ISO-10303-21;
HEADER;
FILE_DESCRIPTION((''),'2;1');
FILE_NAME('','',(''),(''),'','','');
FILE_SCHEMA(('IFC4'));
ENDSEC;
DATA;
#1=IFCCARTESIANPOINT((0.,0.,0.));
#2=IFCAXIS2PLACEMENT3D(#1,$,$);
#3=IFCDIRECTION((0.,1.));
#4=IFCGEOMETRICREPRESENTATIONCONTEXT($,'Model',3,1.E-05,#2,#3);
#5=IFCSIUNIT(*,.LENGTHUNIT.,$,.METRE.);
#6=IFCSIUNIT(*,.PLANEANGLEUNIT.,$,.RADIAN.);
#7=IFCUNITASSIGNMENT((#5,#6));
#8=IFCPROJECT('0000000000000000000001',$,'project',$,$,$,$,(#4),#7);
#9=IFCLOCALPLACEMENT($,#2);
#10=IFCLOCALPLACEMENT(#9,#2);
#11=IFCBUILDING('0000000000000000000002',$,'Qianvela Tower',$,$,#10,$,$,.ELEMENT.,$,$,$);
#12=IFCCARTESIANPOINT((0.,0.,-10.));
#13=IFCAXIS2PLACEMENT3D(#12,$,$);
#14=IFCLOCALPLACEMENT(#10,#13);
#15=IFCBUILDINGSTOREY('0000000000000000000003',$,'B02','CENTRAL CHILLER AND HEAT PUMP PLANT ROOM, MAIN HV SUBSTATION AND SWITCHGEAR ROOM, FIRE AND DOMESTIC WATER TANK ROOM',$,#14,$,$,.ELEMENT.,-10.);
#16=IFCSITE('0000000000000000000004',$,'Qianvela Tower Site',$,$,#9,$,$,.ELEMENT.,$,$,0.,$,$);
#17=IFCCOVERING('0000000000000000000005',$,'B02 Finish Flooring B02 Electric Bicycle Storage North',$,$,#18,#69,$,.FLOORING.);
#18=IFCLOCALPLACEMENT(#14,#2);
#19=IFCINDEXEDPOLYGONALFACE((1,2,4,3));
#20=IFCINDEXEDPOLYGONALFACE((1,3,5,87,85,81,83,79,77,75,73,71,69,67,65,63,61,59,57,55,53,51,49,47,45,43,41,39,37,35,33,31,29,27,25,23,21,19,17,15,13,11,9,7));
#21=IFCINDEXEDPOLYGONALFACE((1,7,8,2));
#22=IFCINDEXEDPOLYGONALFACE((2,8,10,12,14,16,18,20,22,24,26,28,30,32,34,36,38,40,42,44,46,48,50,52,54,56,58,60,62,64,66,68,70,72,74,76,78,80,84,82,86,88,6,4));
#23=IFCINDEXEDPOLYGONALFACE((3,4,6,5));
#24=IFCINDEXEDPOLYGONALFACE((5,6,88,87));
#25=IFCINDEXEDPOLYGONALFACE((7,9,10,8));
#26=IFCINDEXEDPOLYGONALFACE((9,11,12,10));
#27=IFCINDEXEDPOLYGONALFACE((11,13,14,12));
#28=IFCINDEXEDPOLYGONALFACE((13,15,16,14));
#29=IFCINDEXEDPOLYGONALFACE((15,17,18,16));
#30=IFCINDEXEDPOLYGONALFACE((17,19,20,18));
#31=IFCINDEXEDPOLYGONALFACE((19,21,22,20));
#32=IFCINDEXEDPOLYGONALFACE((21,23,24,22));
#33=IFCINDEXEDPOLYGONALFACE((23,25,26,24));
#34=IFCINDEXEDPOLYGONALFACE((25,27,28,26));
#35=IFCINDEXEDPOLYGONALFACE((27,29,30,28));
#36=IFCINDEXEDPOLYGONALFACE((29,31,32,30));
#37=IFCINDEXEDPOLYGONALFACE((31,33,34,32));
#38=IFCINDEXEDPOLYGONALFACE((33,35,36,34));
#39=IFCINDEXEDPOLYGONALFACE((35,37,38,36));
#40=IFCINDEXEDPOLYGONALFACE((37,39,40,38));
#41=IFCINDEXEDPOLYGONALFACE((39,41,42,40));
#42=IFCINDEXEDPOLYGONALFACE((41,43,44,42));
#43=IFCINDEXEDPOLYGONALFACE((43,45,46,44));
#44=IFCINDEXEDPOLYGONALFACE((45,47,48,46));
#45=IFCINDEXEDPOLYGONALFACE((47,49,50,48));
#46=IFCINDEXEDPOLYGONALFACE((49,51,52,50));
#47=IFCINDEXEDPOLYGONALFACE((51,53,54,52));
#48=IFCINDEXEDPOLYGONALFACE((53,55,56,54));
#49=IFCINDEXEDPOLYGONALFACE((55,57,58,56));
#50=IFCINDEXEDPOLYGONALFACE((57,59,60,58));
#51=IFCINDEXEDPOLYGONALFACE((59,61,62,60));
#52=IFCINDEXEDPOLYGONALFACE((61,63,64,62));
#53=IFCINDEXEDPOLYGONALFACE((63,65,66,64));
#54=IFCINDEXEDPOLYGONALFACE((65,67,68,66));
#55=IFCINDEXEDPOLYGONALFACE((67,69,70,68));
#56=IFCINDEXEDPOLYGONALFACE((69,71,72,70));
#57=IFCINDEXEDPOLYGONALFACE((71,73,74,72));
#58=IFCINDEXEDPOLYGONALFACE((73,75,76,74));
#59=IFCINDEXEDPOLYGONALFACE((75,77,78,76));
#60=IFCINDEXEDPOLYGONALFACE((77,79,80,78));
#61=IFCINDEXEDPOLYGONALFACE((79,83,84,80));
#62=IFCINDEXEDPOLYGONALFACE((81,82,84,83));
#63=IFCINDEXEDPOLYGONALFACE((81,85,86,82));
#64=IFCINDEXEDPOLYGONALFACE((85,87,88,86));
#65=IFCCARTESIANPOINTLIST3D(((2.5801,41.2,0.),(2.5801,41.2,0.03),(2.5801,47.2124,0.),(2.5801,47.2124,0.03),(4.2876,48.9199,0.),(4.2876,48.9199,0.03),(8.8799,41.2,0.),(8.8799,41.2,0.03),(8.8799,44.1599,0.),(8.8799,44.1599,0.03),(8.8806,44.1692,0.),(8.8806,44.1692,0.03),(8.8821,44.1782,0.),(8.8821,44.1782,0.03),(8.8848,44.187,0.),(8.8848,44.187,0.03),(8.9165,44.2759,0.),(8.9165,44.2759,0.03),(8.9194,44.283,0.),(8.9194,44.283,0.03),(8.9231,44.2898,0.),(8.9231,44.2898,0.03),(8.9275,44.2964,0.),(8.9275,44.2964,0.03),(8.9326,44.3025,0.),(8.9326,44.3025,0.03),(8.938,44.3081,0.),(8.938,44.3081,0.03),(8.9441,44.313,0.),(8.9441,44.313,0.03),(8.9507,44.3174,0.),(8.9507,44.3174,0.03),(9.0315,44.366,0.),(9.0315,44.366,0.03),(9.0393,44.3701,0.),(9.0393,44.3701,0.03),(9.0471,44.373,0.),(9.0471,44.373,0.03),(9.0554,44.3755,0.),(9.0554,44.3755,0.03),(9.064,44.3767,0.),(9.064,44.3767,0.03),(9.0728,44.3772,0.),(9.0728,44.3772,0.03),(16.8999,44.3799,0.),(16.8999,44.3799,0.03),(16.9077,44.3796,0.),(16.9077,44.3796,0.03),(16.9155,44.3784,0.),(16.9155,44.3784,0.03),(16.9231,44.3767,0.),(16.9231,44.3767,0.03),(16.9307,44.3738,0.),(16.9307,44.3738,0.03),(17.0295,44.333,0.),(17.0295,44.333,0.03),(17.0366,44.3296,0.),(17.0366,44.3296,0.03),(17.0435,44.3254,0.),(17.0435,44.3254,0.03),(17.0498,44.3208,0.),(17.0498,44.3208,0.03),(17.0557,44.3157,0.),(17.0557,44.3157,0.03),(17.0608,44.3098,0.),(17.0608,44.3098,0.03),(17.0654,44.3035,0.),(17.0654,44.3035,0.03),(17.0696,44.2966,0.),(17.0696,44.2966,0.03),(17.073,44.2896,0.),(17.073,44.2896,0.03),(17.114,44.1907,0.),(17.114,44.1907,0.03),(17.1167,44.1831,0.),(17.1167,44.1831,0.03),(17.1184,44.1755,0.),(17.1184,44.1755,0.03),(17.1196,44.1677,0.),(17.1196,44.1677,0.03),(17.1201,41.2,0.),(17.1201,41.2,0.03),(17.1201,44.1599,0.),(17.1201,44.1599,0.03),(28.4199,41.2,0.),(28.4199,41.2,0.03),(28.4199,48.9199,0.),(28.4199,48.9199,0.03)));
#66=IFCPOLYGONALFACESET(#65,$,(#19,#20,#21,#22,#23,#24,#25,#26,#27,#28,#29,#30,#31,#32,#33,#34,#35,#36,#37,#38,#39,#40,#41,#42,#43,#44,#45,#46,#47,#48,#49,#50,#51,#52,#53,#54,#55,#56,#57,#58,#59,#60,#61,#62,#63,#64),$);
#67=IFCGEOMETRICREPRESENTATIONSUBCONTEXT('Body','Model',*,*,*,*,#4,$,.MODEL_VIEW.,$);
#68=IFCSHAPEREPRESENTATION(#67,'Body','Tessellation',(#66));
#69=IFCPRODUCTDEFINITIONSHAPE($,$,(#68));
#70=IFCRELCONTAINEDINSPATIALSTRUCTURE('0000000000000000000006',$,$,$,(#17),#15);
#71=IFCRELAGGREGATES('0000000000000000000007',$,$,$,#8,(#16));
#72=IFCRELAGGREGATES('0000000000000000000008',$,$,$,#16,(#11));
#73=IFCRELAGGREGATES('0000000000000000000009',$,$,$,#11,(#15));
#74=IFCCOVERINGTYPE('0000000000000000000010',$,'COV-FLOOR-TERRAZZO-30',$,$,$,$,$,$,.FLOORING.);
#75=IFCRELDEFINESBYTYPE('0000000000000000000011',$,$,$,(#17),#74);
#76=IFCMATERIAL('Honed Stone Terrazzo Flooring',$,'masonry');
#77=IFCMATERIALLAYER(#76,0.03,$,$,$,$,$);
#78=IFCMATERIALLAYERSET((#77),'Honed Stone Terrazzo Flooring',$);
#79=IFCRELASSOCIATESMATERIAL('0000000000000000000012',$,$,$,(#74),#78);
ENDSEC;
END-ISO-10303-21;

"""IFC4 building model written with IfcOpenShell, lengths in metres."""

from ifc_helpers import new_model, si_unit, direction, frame, origin, place, context, subcontext, project, spatial, polyline, outline, extrude, material, layer, layer_set, type_object, element, save


model = new_model("IFC4")

# Units and contexts
model_context = context("Model", 3, precision=1e-05, world=origin(), true_north=direction((0.0, 1.0)))
body_context = subcontext(model_context, "Body", "Model", "MODEL_VIEW")
ifc_project = project(units=[si_unit("LENGTHUNIT", "METRE"), si_unit("PLANEANGLEUNIT", "RADIAN")], contexts=[model_context])

# Site, building, storey
site_placement = place(None, origin())
site = spatial("IfcSite", under=ifc_project, at=site_placement, Name="Qianvela Tower Site", CompositionType="ELEMENT", RefElevation=0.0)
building_placement = place(site_placement, origin())
building = spatial("IfcBuilding", under=site, at=building_placement, Name="Qianvela Tower", CompositionType="ELEMENT")
storey_placement = place(building_placement, frame((0.0, 0.0, -10.0)))
storey = spatial("IfcBuildingStorey", under=building, at=storey_placement, Name="B02", Description="CENTRAL CHILLER AND HEAT PUMP PLANT ROOM, MAIN HV SUBSTATION AND SWITCHGEAR ROOM, FIRE AND DOMESTIC WATER TANK ROOM", CompositionType="ELEMENT", Elevation=-10.0)

# Covering
ifc_material_1 = material(Name="Honed Stone Terrazzo Flooring", Category="masonry")
ifc_layer_1 = layer(ifc_material_1, 0.03)
ifc_layer_set_1 = layer_set([ifc_layer_1], Name="Honed Stone Terrazzo Flooring")
covering_type_1 = type_object("IfcCoveringType", Name="COV-FLOOR-TERRAZZO-30", PredefinedType="FLOORING", material=ifc_layer_set_1)
covering_1_placement = place(storey_placement, origin())
element("IfcCovering", 1, at=covering_1_placement, inside=storey, type_object=covering_type_1, Name="B02 Finish Flooring B02 Electric Bicycle Storage North", PredefinedType="FLOORING", context=body_context, shape_type="SweptSolid", body=[
    extrude(outline(polyline([(17.1201, 41.2), (17.1201, 44.1599), (17.1196, 44.1677), (17.1184, 44.1755), (17.1167, 44.1831), (17.114, 44.1907), (17.073, 44.2896), (17.0696, 44.2966), (17.0654, 44.3035), (17.0608, 44.3098), (17.0557, 44.3157), (17.0498, 44.3208), (17.0435, 44.3254), (17.0366, 44.3296), (17.0295, 44.333), (16.9307, 44.3738), (16.9231, 44.3767), (16.9155, 44.3784), (16.9077, 44.3796), (16.8999, 44.3799), (9.0728, 44.3772), (9.064, 44.3767), (9.0554, 44.3755), (9.0471, 44.373), (9.0393, 44.3701), (9.0315, 44.366), (8.9507, 44.3174), (8.9441, 44.313), (8.938, 44.3081), (8.9326, 44.3025), (8.9275, 44.2964), (8.9231, 44.2898), (8.9194, 44.283), (8.9165, 44.2759), (8.8848, 44.187), (8.8821, 44.1782), (8.8806, 44.1692), (8.8799, 44.1599), (8.8799, 41.2), (2.5801, 41.2), (2.5801, 47.2124), (4.2876, 48.9199), (28.4199, 48.9199), (28.4199, 41.2), (17.1201, 41.2)])), origin(), (0.0, 0.0, 1.0), 0.03),
])

save(model, "model.ifc")
